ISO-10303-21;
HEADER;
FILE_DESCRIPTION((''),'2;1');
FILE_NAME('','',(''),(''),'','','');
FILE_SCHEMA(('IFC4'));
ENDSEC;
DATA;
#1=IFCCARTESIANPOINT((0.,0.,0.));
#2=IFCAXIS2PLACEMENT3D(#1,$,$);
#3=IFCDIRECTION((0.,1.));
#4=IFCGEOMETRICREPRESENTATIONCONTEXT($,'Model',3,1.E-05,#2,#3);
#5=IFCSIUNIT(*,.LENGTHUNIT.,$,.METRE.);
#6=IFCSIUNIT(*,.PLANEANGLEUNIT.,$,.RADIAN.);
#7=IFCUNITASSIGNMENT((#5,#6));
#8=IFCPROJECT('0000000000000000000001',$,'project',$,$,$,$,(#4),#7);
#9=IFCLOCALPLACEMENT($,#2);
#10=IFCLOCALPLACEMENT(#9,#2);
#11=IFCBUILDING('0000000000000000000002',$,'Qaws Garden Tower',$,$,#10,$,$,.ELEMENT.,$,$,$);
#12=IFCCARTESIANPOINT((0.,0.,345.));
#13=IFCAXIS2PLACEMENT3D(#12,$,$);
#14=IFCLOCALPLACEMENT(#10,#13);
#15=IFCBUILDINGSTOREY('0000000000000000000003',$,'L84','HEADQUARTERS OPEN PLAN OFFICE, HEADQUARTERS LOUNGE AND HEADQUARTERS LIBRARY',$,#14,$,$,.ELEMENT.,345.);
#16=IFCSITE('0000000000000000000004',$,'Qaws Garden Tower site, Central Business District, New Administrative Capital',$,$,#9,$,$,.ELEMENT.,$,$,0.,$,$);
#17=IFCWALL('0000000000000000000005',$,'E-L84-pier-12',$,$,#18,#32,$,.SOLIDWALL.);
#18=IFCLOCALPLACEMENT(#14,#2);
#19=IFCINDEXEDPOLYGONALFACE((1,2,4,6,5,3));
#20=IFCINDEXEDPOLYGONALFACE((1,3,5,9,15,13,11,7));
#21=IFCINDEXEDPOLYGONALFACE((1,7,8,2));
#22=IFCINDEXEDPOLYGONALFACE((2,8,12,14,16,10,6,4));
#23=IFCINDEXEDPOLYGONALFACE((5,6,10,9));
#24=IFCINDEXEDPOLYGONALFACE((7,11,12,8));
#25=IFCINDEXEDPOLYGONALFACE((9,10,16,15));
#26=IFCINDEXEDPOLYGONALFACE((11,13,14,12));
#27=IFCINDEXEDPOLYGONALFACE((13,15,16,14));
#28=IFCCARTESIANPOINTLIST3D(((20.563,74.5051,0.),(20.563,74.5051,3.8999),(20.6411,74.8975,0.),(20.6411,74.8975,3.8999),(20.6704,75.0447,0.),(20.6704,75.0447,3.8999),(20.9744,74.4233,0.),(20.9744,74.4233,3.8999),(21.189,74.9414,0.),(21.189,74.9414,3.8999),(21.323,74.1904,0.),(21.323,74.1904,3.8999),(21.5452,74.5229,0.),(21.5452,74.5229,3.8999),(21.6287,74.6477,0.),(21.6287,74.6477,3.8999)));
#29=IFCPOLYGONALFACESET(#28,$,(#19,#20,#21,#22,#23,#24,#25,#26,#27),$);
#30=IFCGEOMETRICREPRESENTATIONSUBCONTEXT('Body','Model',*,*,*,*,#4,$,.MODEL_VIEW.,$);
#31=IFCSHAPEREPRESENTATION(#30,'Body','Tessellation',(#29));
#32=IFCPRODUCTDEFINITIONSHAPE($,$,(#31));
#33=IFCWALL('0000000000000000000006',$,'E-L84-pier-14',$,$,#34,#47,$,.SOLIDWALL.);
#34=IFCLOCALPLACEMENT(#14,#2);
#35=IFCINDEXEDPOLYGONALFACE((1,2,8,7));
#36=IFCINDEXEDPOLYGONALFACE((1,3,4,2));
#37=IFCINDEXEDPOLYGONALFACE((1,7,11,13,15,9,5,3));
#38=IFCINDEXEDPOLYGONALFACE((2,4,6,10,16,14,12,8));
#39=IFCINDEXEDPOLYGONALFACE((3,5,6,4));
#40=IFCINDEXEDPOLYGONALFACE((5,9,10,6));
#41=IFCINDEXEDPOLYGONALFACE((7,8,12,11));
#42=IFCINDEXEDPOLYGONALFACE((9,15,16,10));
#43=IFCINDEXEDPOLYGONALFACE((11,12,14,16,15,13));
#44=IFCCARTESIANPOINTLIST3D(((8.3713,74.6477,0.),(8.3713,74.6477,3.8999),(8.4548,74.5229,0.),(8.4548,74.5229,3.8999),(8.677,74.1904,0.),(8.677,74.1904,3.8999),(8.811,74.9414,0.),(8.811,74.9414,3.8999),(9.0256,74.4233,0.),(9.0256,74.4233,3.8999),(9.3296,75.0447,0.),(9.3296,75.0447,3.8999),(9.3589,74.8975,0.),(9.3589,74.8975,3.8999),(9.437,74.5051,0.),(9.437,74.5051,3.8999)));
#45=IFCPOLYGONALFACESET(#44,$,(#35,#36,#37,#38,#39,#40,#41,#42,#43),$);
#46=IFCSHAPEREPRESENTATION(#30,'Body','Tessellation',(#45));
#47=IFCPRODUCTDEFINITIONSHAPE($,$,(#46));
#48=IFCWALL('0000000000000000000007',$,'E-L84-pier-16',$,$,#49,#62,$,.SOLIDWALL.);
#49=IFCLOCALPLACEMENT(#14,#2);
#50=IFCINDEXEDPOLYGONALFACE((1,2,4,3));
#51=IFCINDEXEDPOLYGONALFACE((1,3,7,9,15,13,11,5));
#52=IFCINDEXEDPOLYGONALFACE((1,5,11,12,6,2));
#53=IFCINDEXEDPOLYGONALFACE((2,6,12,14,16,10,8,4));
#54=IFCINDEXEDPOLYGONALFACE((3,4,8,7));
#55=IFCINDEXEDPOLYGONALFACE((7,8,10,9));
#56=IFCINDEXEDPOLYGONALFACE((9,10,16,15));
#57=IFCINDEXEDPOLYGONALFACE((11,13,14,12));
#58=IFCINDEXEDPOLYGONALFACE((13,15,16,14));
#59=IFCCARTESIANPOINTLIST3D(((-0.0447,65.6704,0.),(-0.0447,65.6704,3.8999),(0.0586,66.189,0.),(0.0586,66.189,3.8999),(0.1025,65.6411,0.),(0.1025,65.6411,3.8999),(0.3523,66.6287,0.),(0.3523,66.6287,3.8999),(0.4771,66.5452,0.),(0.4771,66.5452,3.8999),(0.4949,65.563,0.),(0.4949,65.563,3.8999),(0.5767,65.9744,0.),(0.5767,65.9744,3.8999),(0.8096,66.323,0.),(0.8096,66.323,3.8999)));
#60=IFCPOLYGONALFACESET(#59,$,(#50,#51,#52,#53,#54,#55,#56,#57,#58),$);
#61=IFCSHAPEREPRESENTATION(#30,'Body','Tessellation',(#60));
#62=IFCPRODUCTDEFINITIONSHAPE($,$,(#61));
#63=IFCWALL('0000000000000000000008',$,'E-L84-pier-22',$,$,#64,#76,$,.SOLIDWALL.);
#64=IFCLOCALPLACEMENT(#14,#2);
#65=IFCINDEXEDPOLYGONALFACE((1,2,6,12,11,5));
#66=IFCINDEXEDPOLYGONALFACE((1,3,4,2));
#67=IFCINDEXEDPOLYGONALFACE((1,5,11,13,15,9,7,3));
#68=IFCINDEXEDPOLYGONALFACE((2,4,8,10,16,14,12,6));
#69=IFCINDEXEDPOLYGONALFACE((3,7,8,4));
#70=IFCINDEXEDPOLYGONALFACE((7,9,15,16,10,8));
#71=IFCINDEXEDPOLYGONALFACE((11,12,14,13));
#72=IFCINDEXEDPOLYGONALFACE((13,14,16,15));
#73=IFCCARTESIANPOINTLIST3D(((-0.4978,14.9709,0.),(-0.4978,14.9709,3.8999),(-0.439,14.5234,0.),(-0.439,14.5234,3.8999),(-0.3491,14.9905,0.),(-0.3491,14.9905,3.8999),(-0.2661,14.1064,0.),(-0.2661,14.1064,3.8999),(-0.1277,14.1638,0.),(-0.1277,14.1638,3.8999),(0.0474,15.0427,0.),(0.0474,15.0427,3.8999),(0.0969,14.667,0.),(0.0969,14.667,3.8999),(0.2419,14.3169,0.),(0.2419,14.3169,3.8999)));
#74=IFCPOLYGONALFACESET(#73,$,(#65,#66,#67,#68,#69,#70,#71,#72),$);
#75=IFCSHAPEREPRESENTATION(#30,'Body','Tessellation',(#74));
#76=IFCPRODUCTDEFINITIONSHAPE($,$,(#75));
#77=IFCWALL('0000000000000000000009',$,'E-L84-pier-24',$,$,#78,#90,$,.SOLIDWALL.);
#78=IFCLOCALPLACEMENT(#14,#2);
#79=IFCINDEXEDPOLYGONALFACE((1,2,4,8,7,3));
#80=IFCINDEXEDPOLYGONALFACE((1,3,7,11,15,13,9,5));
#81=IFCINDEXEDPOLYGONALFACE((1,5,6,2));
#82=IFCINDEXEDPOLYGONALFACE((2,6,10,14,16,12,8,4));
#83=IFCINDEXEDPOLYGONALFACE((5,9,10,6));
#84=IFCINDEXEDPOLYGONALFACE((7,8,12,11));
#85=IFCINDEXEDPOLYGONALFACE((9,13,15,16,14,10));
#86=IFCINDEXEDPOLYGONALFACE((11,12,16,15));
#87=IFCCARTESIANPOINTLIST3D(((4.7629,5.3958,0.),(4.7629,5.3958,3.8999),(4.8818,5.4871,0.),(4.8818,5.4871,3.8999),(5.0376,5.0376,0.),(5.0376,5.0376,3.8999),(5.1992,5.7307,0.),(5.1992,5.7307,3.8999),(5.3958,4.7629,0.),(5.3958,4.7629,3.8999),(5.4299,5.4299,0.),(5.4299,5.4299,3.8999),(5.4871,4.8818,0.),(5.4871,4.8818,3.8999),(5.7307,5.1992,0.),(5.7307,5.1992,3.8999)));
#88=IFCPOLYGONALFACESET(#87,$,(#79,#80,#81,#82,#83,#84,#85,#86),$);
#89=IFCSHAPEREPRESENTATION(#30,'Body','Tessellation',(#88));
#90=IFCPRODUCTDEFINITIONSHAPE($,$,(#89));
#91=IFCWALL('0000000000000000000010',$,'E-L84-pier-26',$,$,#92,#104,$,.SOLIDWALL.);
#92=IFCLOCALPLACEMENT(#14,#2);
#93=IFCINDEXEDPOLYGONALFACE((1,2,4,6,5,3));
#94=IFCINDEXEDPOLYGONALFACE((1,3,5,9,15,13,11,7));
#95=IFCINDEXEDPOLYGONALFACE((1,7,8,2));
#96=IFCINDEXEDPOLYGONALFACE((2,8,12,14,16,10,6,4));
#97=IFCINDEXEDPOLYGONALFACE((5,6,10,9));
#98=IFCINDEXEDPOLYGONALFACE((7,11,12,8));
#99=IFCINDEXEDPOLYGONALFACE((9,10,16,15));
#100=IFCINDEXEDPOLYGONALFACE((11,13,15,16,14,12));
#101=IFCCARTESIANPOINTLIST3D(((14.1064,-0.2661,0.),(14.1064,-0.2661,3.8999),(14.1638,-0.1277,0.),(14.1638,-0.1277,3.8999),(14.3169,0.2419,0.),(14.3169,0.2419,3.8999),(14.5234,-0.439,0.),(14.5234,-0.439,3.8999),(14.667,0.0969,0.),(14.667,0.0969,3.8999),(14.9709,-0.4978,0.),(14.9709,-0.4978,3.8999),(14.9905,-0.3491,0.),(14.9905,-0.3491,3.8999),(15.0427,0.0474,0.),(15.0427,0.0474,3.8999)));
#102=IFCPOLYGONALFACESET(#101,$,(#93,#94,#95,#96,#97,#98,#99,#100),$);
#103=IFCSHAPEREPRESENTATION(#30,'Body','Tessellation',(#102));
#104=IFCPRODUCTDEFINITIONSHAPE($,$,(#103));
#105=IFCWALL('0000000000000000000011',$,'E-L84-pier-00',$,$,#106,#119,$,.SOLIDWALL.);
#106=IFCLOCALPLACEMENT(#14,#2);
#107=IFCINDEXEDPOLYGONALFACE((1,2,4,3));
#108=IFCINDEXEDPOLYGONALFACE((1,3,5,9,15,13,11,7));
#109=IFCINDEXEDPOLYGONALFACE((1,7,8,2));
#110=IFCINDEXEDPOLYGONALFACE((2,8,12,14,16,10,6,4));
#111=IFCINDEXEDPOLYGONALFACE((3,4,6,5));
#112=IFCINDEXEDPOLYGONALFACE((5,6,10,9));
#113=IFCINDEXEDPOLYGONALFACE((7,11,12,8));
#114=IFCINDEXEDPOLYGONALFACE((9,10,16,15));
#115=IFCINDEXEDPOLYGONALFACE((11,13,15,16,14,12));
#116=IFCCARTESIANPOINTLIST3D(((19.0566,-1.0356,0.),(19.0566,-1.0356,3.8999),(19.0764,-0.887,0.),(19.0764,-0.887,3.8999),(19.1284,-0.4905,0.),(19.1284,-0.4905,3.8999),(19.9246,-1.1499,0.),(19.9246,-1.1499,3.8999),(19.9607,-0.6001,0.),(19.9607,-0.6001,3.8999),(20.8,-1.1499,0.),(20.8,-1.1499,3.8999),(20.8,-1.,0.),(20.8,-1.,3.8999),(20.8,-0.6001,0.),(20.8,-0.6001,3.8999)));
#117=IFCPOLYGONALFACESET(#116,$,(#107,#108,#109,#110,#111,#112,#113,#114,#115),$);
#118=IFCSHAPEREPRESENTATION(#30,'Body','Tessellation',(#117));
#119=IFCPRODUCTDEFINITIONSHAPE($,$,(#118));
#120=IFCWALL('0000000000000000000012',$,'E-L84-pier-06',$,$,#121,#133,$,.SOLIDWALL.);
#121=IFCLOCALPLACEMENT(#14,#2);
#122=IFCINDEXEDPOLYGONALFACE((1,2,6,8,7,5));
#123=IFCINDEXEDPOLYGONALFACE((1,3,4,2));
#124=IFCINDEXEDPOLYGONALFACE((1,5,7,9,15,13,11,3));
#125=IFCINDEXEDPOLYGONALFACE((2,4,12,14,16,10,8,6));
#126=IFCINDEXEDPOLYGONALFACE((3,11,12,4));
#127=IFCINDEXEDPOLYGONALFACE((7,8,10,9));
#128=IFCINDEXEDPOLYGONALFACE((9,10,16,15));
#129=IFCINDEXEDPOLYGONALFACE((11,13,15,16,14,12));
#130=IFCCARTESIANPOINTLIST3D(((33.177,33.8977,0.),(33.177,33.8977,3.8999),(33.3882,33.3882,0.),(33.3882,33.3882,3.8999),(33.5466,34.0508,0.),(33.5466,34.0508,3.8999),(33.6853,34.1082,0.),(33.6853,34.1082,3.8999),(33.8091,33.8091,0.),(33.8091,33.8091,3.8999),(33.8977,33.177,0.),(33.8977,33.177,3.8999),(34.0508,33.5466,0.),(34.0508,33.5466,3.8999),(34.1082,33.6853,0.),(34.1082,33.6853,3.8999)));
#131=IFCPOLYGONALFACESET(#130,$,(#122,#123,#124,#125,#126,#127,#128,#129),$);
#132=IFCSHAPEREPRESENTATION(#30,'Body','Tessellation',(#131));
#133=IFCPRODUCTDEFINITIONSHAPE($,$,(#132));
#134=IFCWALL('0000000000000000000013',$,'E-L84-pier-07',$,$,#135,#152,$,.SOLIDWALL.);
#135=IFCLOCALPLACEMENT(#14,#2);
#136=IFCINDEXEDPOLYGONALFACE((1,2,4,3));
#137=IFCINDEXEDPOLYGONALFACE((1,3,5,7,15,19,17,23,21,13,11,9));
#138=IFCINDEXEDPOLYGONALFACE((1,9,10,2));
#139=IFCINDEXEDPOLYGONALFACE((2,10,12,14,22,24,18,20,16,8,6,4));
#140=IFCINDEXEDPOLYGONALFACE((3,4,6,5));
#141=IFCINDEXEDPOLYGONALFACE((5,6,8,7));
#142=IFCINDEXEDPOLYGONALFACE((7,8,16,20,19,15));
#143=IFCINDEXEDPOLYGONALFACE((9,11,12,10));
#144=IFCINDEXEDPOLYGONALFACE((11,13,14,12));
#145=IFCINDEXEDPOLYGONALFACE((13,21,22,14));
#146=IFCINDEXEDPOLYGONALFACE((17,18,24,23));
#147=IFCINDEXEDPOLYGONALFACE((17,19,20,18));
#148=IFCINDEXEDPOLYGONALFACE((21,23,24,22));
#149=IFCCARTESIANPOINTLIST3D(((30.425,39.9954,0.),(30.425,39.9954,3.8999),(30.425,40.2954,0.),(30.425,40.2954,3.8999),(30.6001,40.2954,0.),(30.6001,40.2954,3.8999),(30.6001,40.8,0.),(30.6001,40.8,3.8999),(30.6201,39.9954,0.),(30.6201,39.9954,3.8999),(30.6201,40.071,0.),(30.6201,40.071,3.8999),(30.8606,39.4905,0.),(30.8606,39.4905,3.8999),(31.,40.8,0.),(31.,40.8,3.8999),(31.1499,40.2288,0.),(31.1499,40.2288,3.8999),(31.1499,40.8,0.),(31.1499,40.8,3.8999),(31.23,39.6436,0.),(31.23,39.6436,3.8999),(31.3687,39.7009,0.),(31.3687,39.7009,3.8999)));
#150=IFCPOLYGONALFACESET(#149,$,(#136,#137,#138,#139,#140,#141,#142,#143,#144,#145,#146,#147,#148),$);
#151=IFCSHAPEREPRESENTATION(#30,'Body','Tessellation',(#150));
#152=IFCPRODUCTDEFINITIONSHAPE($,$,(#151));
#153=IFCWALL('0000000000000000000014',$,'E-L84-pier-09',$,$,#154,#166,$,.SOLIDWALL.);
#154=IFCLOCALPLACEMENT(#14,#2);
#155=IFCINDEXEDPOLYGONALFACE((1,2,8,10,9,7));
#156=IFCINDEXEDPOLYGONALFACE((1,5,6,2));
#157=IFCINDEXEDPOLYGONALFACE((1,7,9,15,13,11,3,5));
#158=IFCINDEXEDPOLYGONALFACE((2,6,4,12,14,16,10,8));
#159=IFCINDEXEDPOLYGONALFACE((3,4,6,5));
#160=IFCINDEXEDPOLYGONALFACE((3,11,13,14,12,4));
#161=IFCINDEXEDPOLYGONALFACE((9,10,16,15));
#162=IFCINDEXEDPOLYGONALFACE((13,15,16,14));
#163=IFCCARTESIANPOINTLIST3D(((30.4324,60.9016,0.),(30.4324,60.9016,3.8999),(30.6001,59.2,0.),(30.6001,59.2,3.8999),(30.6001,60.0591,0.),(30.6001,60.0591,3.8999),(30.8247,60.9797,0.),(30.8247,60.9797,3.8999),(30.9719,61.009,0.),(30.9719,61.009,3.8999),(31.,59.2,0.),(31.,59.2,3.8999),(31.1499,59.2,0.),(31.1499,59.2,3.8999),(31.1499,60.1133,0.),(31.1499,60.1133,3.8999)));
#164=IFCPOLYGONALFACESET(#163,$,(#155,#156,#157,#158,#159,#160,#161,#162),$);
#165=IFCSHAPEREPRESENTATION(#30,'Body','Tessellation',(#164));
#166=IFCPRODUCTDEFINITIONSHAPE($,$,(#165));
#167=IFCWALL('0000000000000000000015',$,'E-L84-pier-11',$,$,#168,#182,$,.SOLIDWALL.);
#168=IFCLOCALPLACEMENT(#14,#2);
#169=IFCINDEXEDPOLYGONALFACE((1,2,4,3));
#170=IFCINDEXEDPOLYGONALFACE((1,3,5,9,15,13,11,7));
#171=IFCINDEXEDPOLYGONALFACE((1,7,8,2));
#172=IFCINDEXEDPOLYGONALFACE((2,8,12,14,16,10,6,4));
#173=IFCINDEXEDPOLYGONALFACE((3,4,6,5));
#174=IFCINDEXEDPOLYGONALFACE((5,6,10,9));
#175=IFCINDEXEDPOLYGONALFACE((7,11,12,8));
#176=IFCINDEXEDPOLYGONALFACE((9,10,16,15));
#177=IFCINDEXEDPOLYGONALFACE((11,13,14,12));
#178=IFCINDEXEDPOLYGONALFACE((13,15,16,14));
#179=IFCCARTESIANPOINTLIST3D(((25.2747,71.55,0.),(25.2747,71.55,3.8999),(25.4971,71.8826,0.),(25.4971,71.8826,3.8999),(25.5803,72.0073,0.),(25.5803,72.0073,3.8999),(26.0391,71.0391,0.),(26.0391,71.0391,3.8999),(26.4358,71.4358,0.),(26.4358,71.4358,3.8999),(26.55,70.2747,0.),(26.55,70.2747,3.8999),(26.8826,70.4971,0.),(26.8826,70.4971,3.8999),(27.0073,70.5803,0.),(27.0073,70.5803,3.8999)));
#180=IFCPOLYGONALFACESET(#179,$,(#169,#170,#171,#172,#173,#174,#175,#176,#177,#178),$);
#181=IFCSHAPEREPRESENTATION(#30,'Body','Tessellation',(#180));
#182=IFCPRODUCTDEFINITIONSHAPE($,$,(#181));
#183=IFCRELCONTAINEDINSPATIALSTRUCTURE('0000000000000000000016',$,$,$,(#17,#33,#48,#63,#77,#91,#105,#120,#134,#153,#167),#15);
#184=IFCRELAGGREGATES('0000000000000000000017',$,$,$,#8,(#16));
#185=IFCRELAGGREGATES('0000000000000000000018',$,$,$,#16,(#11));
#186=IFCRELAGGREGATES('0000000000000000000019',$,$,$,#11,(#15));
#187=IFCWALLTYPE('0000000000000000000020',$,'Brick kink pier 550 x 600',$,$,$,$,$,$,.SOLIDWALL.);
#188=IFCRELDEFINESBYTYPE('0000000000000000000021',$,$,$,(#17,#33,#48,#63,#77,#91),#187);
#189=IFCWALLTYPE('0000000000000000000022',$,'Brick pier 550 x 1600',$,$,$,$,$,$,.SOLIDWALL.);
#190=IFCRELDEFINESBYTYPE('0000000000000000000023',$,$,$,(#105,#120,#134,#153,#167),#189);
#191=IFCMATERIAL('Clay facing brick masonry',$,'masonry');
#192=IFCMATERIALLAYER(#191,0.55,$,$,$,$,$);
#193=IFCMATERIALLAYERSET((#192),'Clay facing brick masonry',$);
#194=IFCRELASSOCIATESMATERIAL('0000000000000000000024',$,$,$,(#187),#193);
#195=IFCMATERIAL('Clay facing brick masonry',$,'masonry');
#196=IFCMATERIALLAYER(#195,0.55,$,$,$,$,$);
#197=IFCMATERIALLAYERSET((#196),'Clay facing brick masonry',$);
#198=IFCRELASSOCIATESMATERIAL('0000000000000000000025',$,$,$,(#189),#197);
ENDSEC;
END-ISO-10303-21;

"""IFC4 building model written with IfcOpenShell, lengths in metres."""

from ifc_helpers import new_model, si_unit, direction, frame, origin, place, context, subcontext, project, spatial, polyline, outline, extrude, material, layer, layer_set, type_object, element, save


model = new_model("IFC4")

# Units and contexts
model_context = context("Model", 3, precision=1e-05, world=origin(), true_north=direction((0.0, 1.0)))
body_context = subcontext(model_context, "Body", "Model", "MODEL_VIEW")
ifc_project = project(units=[si_unit("LENGTHUNIT", "METRE"), si_unit("PLANEANGLEUNIT", "RADIAN")], contexts=[model_context])

# Site, building, storey
site_placement = place(None, origin())
site = spatial("IfcSite", under=ifc_project, at=site_placement, Name="Qaws Garden Tower site, Central Business District, New Administrative Capital", CompositionType="ELEMENT", RefElevation=0.0)
building_placement = place(site_placement, origin())
building = spatial("IfcBuilding", under=site, at=building_placement, Name="Qaws Garden Tower", CompositionType="ELEMENT")
storey_placement = place(building_placement, frame((0.0, 0.0, 345.0)))
storey = spatial("IfcBuildingStorey", under=building, at=storey_placement, Name="L84", Description="HEADQUARTERS OPEN PLAN OFFICE, HEADQUARTERS LOUNGE AND HEADQUARTERS LIBRARY", CompositionType="ELEMENT", Elevation=345.0)

# Walls
placement = place(storey_placement, origin())
ifc_material_1 = material(Name="Clay facing brick masonry", Category="masonry")
ifc_layer_1 = layer(ifc_material_1, 0.55)
ifc_layer_set_1 = layer_set([ifc_layer_1], Name="Clay facing brick masonry")
wall_type_1 = type_object("IfcWallType", Name="Brick kink pier 550 x 600", PredefinedType="SOLIDWALL", material=ifc_layer_set_1)
element("IfcWall", 1, at=placement, inside=storey, type_object=wall_type_1, Name="E-L84-pier-12", PredefinedType="SOLIDWALL", context=body_context, shape_type="SweptSolid", body=[
    extrude(outline(polyline([(21.5452, 74.5229), (21.6287, 74.6477), (21.189, 74.9414), (20.6704, 75.0447), (20.6411, 74.8975), (20.563, 74.5051), (20.9744, 74.4233), (21.323, 74.1904), (21.5452, 74.5229)])), origin(), (0.0, 0.0, 1.0), 3.8999),
])
element("IfcWall", 2, at=placement, inside=storey, type_object=wall_type_1, Name="E-L84-pier-14", PredefinedType="SOLIDWALL", context=body_context, shape_type="SweptSolid", body=[
    extrude(outline(polyline([(9.3589, 74.8975), (9.3296, 75.0447), (8.811, 74.9414), (8.3713, 74.6477), (8.4548, 74.5229), (8.677, 74.1904), (9.0256, 74.4233), (9.437, 74.5051), (9.3589, 74.8975)])), origin(), (0.0, 0.0, 1.0), 3.8999),
])
element("IfcWall", 3, at=placement, inside=storey, type_object=wall_type_1, Name="E-L84-pier-16", PredefinedType="SOLIDWALL", context=body_context, shape_type="SweptSolid", body=[
    extrude(outline(polyline([(0.4771, 66.5452), (0.3523, 66.6287), (0.0586, 66.189), (-0.0447, 65.6704), (0.1025, 65.6411), (0.4949, 65.563), (0.5767, 65.9744), (0.8096, 66.323), (0.4771, 66.5452)])), origin(), (0.0, 0.0, 1.0), 3.8999),
])
element("IfcWall", 4, at=placement, inside=storey, type_object=wall_type_1, Name="E-L84-pier-22", PredefinedType="SOLIDWALL", context=body_context, shape_type="SweptSolid", body=[
    extrude(outline(polyline([(-0.3491, 14.9905), (-0.4978, 14.9709), (-0.439, 14.5234), (-0.2661, 14.1064), (-0.1277, 14.1638), (0.2419, 14.3169), (0.0969, 14.667), (0.0474, 15.0427), (-0.3491, 14.9905)])), origin(), (0.0, 0.0, 1.0), 3.8999),
])
element("IfcWall", 5, at=placement, inside=storey, type_object=wall_type_1, Name="E-L84-pier-24", PredefinedType="SOLIDWALL", context=body_context, shape_type="SweptSolid", body=[
    extrude(outline(polyline([(4.8818, 5.4871), (4.7629, 5.3958), (5.0376, 5.0376), (5.3958, 4.7629), (5.4871, 4.8818), (5.7307, 5.1992), (5.4299, 5.4299), (5.1992, 5.7307), (4.8818, 5.4871)])), origin(), (0.0, 0.0, 1.0), 3.8999),
])
element("IfcWall", 6, at=placement, inside=storey, type_object=wall_type_1, Name="E-L84-pier-26", PredefinedType="SOLIDWALL", context=body_context, shape_type="SweptSolid", body=[
    extrude(outline(polyline([(14.1638, -0.1277), (14.1064, -0.2661), (14.5234, -0.439), (14.9709, -0.4978), (14.9905, -0.3491), (15.0427, 0.0474), (14.667, 0.0969), (14.3169, 0.2419), (14.1638, -0.1277)])), origin(), (0.0, 0.0, 1.0), 3.8999),
])
ifc_material_2 = material(Name="Clay facing brick masonry", Category="masonry")
ifc_layer_2 = layer(ifc_material_2, 0.55)
ifc_layer_set_2 = layer_set([ifc_layer_2], Name="Clay facing brick masonry")
wall_type_2 = type_object("IfcWallType", Name="Brick pier 550 x 1600", PredefinedType="SOLIDWALL", material=ifc_layer_set_2)
element("IfcWall", 7, at=placement, inside=storey, type_object=wall_type_2, Name="E-L84-pier-00", PredefinedType="SOLIDWALL", context=body_context, shape_type="SweptSolid", body=[
    extrude(outline(polyline([(19.0764, -0.887), (19.0566, -1.0356), (19.9246, -1.1499), (20.8, -1.1499), (20.8, -1.0), (20.8, -0.6001), (19.9607, -0.6001), (19.1284, -0.4905), (19.0764, -0.887)])), origin(), (0.0, 0.0, 1.0), 3.8999),
])
element("IfcWall", 8, at=placement, inside=storey, type_object=wall_type_2, Name="E-L84-pier-06", PredefinedType="SOLIDWALL", context=body_context, shape_type="SweptSolid", body=[
    extrude(outline(polyline([(34.0508, 33.5466), (34.1082, 33.6853), (33.8091, 33.8091), (33.6853, 34.1082), (33.5466, 34.0508), (33.177, 33.8977), (33.3882, 33.3882), (33.8977, 33.177), (34.0508, 33.5466)])), origin(), (0.0, 0.0, 1.0), 3.8999),
])
element("IfcWall", 9, at=placement, inside=storey, type_object=wall_type_2, Name="E-L84-pier-07", PredefinedType="SOLIDWALL", context=body_context, shape_type="SweptSolid", body=[
    extrude(outline(polyline([(30.6201, 39.9954), (30.6201, 40.071), (30.8606, 39.4905), (31.23, 39.6436), (31.3687, 39.7009), (31.1499, 40.2288), (31.1499, 40.8), (31.0, 40.8), (30.6001, 40.8), (30.6001, 40.2954), (30.425, 40.2954), (30.425, 39.9954), (30.6201, 39.9954)])), origin(), (0.0, 0.0, 1.0), 3.8999),
])
element("IfcWall", 10, at=placement, inside=storey, type_object=wall_type_2, Name="E-L84-pier-09", PredefinedType="SOLIDWALL", context=body_context, shape_type="SweptSolid", body=[
    extrude(outline(polyline([(31.0, 59.2), (31.1499, 59.2), (31.1499, 60.1133), (30.9719, 61.009), (30.8247, 60.9797), (30.4324, 60.9016), (30.6001, 60.0591), (30.6001, 59.2), (31.0, 59.2)])), origin(), (0.0, 0.0, 1.0), 3.8999),
])
element("IfcWall", 11, at=placement, inside=storey, type_object=wall_type_2, Name="E-L84-pier-11", PredefinedType="SOLIDWALL", context=body_context, shape_type="SweptSolid", body=[
    extrude(outline(polyline([(26.8826, 70.4971), (27.0073, 70.5803), (26.4358, 71.4358), (25.5803, 72.0073), (25.4971, 71.8826), (25.2747, 71.55), (26.0391, 71.0391), (26.55, 70.2747), (26.8826, 70.4971)])), origin(), (0.0, 0.0, 1.0), 3.8999),
])

save(model, "model.ifc")
